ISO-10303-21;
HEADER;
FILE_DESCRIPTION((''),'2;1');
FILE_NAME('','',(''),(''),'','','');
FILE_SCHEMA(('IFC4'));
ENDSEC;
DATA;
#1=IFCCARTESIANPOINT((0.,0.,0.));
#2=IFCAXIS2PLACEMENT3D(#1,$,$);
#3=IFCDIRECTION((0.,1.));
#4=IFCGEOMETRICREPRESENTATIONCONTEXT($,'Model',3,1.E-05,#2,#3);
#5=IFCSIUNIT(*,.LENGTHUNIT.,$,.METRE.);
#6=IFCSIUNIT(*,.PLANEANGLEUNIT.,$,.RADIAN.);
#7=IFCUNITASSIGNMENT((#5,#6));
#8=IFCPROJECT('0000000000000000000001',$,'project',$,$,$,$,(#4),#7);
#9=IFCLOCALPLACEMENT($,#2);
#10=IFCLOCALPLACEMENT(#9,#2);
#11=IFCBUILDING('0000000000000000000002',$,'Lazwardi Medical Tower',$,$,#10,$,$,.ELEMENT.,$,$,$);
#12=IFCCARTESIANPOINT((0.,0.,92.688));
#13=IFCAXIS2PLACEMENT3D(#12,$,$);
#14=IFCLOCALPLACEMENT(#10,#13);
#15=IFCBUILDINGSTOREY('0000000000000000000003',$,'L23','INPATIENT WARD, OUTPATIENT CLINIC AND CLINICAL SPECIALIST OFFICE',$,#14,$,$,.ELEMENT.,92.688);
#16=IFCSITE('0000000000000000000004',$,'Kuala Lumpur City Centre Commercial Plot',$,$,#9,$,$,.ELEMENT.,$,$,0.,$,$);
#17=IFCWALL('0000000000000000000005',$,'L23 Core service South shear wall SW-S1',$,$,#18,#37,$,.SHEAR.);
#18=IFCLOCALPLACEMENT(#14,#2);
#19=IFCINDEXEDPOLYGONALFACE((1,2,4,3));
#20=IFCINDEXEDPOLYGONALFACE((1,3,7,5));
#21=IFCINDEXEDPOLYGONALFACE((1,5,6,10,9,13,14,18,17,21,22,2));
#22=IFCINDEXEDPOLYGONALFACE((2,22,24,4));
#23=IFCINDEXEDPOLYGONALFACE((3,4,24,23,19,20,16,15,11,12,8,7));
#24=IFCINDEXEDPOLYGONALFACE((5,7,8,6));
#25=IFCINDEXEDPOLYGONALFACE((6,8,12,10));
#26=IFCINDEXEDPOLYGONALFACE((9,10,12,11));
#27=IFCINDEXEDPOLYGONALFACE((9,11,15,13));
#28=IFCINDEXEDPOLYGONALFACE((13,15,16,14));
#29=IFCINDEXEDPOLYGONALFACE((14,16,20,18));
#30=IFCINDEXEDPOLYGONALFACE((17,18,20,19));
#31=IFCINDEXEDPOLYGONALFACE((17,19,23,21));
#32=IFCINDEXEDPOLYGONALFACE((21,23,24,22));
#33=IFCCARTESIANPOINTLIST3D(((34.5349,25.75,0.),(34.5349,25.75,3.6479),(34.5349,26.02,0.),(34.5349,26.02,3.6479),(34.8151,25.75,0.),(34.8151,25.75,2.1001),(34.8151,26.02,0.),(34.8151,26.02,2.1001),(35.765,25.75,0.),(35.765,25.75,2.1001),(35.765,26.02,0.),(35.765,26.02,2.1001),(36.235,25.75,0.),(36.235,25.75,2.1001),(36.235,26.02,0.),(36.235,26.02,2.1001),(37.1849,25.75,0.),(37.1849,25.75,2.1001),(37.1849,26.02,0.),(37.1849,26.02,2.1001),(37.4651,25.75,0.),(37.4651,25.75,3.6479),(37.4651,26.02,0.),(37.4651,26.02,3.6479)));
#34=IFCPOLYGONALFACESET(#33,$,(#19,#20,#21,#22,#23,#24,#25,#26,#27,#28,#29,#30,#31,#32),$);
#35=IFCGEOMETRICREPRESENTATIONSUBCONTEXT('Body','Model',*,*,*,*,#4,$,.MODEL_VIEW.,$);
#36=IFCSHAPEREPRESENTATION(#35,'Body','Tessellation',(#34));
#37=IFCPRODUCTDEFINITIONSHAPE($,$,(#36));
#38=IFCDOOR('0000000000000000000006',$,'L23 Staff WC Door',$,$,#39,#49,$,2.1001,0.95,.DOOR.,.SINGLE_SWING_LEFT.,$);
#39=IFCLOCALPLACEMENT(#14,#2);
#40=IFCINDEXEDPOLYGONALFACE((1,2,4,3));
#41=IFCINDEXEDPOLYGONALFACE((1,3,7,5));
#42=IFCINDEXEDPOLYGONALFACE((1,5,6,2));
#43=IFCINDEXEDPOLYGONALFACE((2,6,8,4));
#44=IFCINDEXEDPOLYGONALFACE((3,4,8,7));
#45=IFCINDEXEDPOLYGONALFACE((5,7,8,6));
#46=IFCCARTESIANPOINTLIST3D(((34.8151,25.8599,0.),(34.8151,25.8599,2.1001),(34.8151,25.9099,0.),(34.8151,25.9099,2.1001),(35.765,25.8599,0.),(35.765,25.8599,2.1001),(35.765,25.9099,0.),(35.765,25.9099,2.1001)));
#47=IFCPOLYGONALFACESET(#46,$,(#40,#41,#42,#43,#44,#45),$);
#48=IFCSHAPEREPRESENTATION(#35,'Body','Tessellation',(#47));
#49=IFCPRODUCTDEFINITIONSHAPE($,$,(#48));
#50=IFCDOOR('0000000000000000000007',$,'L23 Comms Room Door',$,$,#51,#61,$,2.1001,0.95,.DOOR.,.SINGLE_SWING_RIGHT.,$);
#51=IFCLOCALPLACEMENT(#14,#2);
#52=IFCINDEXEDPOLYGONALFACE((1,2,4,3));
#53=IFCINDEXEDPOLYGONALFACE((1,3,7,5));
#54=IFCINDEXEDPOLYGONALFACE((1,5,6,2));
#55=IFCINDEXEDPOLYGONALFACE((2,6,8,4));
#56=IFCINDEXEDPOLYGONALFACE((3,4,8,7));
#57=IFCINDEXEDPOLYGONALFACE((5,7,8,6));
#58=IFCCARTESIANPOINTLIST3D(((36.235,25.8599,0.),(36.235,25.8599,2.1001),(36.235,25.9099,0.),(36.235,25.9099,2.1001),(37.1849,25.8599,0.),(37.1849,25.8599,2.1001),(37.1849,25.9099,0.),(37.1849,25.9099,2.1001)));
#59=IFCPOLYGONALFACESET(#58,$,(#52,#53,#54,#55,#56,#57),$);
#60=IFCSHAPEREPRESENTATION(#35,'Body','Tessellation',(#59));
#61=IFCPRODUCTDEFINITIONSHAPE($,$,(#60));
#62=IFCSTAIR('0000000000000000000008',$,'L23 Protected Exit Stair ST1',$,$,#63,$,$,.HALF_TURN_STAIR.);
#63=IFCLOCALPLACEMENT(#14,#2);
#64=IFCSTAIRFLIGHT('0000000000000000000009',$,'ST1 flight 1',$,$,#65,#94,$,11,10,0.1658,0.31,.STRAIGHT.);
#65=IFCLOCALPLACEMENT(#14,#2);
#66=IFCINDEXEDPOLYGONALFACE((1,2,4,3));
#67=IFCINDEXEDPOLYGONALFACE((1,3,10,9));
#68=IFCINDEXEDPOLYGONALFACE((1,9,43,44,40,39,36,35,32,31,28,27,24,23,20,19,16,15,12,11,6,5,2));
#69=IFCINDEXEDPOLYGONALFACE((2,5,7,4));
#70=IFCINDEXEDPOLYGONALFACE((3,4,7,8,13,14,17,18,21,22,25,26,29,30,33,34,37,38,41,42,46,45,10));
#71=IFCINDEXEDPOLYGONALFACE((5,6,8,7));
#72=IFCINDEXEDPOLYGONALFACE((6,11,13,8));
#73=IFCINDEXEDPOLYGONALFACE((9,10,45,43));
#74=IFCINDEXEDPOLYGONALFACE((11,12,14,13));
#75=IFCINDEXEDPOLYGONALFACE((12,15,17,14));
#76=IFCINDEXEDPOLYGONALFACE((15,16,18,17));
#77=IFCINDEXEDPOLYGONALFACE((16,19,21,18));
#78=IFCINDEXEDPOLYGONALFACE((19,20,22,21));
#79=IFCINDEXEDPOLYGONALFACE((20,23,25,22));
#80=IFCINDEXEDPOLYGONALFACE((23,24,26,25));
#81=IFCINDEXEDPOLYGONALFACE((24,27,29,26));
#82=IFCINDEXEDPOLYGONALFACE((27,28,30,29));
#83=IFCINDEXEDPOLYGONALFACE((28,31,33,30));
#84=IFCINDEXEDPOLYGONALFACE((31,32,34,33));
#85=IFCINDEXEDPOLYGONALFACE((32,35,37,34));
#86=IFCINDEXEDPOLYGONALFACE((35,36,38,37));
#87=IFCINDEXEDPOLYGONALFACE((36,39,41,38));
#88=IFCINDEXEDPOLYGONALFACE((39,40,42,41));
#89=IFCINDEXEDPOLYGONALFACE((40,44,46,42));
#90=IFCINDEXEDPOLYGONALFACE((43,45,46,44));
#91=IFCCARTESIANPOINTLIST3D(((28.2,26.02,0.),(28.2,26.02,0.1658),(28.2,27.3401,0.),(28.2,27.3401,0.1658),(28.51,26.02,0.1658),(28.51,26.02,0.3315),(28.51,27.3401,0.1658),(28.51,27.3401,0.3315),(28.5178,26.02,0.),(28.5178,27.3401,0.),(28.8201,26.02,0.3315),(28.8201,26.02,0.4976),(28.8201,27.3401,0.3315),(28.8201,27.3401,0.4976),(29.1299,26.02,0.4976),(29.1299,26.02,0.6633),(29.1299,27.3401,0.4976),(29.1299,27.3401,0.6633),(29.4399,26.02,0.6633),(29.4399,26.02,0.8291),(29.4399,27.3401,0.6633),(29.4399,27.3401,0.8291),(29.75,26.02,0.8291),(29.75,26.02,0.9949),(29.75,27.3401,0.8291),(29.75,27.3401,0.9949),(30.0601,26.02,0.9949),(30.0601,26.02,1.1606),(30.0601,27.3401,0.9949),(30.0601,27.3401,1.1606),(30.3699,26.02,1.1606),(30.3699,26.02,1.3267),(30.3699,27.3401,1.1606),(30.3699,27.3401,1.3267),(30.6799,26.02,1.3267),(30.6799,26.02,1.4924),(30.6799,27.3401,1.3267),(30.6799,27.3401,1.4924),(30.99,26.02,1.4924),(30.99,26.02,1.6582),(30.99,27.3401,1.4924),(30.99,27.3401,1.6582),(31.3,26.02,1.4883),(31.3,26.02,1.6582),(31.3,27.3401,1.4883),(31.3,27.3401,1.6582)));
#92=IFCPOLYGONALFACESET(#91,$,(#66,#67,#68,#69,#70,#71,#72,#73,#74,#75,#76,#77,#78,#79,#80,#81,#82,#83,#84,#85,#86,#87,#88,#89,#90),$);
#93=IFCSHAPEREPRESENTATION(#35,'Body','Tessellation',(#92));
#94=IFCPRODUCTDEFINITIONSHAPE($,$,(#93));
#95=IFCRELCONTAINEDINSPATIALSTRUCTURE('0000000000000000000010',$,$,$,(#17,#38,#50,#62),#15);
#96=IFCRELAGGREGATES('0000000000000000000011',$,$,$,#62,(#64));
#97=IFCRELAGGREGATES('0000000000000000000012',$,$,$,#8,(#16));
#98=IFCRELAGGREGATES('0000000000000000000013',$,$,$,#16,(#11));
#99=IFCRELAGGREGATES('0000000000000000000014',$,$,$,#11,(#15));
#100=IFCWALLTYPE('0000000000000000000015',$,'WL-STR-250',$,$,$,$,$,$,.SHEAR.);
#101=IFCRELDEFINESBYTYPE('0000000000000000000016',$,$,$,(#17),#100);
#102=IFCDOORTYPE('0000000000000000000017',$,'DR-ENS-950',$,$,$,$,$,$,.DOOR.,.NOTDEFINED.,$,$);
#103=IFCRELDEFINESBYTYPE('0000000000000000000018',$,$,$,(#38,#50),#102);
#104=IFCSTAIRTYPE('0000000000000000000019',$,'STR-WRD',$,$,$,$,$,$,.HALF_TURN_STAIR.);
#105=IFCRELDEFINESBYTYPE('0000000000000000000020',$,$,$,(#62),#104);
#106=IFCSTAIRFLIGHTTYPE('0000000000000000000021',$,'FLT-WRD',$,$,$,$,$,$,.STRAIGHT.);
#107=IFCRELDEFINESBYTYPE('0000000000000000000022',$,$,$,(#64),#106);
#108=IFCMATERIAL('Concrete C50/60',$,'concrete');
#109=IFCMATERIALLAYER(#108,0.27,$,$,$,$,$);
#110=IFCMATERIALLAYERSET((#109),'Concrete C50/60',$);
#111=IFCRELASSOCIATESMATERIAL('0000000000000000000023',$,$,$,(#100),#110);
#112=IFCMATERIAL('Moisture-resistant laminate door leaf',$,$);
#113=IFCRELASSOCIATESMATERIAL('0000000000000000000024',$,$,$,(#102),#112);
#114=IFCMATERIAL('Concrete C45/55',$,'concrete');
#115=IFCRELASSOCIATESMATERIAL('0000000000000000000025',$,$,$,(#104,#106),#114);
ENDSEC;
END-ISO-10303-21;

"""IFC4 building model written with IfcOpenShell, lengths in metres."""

from ifc_helpers import new_model, si_unit, direction, frame, frame_2d, origin, place, context, subcontext, project, spatial, polyline, rectangle, outline, extrude, material, layer, layer_set, type_object, element, fill, aggregate, save


model = new_model("IFC4")

# Units and contexts
model_context = context("Model", 3, precision=1e-05, world=origin(), true_north=direction((0.0, 1.0)))
body_context = subcontext(model_context, "Body", "Model", "MODEL_VIEW")
ifc_project = project(units=[si_unit("LENGTHUNIT", "METRE"), si_unit("PLANEANGLEUNIT", "RADIAN")], contexts=[model_context])

# Site, building, storey
site_placement = place(None, origin())
site = spatial("IfcSite", under=ifc_project, at=site_placement, Name="Kuala Lumpur City Centre Commercial Plot", CompositionType="ELEMENT", RefElevation=0.0)
building_placement = place(site_placement, origin())
building = spatial("IfcBuilding", under=site, at=building_placement, Name="Lazwardi Medical Tower", CompositionType="ELEMENT")
storey_placement = place(building_placement, frame((0.0, 0.0, 92.688)))
storey = spatial("IfcBuildingStorey", under=building, at=storey_placement, Name="L23", Description="INPATIENT WARD, OUTPATIENT CLINIC AND CLINICAL SPECIALIST OFFICE", CompositionType="ELEMENT", Elevation=92.688)

# Shared definitions
ifc_material_1 = material(Name="Concrete C50/60", Category="concrete")
ifc_layer_1 = layer(ifc_material_1, 0.27)
ifc_layer_set_1 = layer_set([ifc_layer_1], Name="Concrete C50/60")
wall_type_1 = type_object("IfcWallType", Name="WL-STR-250", PredefinedType="SHEAR", material=ifc_layer_set_1)

# Wall, openings, doors
wall_1_placement = place(storey_placement, frame((34.5349, 25.885, 0.0), z_axis=(0.0, 0.0, 1.0), x_axis=(1.0, 0.0, 0.0)))
wall_1 = element("IfcWall", 1, at=wall_1_placement, inside=storey, type_object=wall_type_1, Name="L23 Core service South shear wall SW-S1", PredefinedType="SHEAR", context=body_context, shape_type="SweptSolid", body=[
    extrude(rectangle(XDim=2.9302, YDim=0.27, at=frame_2d((1.4651, 0.0))), origin(), (0.0, 0.0, 1.0), 3.6479),
])
opening_1_placement = place(wall_1_placement, frame((0.28, 0.0, 0.0)))
opening_1 = element("IfcOpeningElement", 2, at=opening_1_placement, cuts=wall_1, PredefinedType="OPENING", context=body_context, shape_type="SweptSolid", body=[
    extrude(rectangle(XDim=0.95, YDim=2.1001, at=frame_2d((0.4751, 1.05))), frame((0.0, 0.145, 0.0), z_axis=(0.0, -1.0, 0.0), x_axis=(1.0, 0.0, 0.0)), (0.0, 0.0, 1.0), 0.29),
])
opening_2_placement = place(wall_1_placement, frame((1.7, 0.0, 0.0)))
opening_2 = element("IfcOpeningElement", 3, at=opening_2_placement, cuts=wall_1, PredefinedType="OPENING", context=body_context, shape_type="SweptSolid", body=[
    extrude(rectangle(XDim=0.95, YDim=2.1001, at=frame_2d((0.4751, 1.05))), frame((0.0, 0.145, 0.0), z_axis=(0.0, -1.0, 0.0), x_axis=(1.0, 0.0, 0.0)), (0.0, 0.0, 1.0), 0.29),
])
ifc_material_2 = material(Name="Moisture-resistant laminate door leaf")
door_type_1 = type_object("IfcDoorType", Name="DR-ENS-950", OperationType="NOTDEFINED", PredefinedType="DOOR", material=ifc_material_2)
door_1_placement = place(opening_1_placement, origin())
door_1 = element("IfcDoor", 4, at=door_1_placement, inside=storey, type_object=door_type_1, Name="L23 Staff WC Door", OperationType="SINGLE_SWING_LEFT", OverallHeight=2.1001, OverallWidth=0.95, PredefinedType="DOOR", context=body_context, shape_type="SweptSolid", body=[
    extrude(rectangle(XDim=0.95, YDim=2.1001, at=frame_2d((0.4751, 1.05))), frame((0.0, 0.0249, 0.0), z_axis=(0.0, -1.0, 0.0), x_axis=(1.0, 0.0, 0.0)), (0.0, 0.0, 1.0), 0.05),
])
fill(opening_1, door_1)
door_2_placement = place(opening_2_placement, origin())
door_2 = element("IfcDoor", 5, at=door_2_placement, inside=storey, type_object=door_type_1, Name="L23 Comms Room Door", OperationType="SINGLE_SWING_RIGHT", OverallHeight=2.1001, OverallWidth=0.95, PredefinedType="DOOR", context=body_context, shape_type="SweptSolid", body=[
    extrude(rectangle(XDim=0.95, YDim=2.1001, at=frame_2d((0.4751, 1.05))), frame((0.0, 0.0249, 0.0), z_axis=(0.0, -1.0, 0.0), x_axis=(1.0, 0.0, 0.0)), (0.0, 0.0, 1.0), 0.05),
])
fill(opening_2, door_2)

# Stair, stair flight
ifc_material_3 = material(Name="Concrete C45/55", Category="concrete")
stair_type = type_object("IfcStairType", Name="STR-WRD", PredefinedType="HALF_TURN_STAIR", material=ifc_material_3)
stair_placement = place(storey_placement, origin())
stair = element("IfcStair", 6, at=stair_placement, inside=storey, type_object=stair_type, Name="L23 Protected Exit Stair ST1", PredefinedType="HALF_TURN_STAIR")
stair_flight_type = type_object("IfcStairFlightType", Name="FLT-WRD", PredefinedType="STRAIGHT", material=ifc_material_3)
stair_flight_placement = place(storey_placement, frame((28.2, 26.6799, 0.0), z_axis=(0.0, 0.0, 1.0), x_axis=(1.0, 0.0, 0.0)))
stair_flight = element("IfcStairFlight", 7, at=stair_flight_placement, type_object=stair_flight_type, Name="ST1 flight 1", NumberOfRisers=11, NumberOfTreads=10, PredefinedType="STRAIGHT", RiserHeight=0.1658, TreadLength=0.31, context=body_context, shape_type="SweptSolid", body=[
    extrude(outline(polyline([(0.0, 0.0), (0.0, 0.1658), (0.3101, 0.1658), (0.3101, 0.3315), (0.6201, 0.3315), (0.6201, 0.4976), (0.9299, 0.4976), (0.9299, 0.6633), (1.24, 0.6633), (1.24, 0.8291), (1.55, 0.8291), (1.55, 0.9949), (1.8601, 0.9949), (1.8601, 1.1606), (2.1699, 1.1606), (2.1699, 1.3267), (2.48, 1.3267), (2.48, 1.4924), (2.79, 1.4924), (2.79, 1.6582), (3.1001, 1.6582), (3.1001, 1.824), (3.1001, 1.4883), (0.3179, 0.0), (0.0, 0.0)])), frame((0.0, 0.6602, 0.0), z_axis=(0.0, -1.0, 0.0), x_axis=(1.0, 0.0, 0.0)), (0.0, 0.0, 1.0), 1.3201),
])
aggregate(stair, [stair_flight])

save(model, "model.ifc")
